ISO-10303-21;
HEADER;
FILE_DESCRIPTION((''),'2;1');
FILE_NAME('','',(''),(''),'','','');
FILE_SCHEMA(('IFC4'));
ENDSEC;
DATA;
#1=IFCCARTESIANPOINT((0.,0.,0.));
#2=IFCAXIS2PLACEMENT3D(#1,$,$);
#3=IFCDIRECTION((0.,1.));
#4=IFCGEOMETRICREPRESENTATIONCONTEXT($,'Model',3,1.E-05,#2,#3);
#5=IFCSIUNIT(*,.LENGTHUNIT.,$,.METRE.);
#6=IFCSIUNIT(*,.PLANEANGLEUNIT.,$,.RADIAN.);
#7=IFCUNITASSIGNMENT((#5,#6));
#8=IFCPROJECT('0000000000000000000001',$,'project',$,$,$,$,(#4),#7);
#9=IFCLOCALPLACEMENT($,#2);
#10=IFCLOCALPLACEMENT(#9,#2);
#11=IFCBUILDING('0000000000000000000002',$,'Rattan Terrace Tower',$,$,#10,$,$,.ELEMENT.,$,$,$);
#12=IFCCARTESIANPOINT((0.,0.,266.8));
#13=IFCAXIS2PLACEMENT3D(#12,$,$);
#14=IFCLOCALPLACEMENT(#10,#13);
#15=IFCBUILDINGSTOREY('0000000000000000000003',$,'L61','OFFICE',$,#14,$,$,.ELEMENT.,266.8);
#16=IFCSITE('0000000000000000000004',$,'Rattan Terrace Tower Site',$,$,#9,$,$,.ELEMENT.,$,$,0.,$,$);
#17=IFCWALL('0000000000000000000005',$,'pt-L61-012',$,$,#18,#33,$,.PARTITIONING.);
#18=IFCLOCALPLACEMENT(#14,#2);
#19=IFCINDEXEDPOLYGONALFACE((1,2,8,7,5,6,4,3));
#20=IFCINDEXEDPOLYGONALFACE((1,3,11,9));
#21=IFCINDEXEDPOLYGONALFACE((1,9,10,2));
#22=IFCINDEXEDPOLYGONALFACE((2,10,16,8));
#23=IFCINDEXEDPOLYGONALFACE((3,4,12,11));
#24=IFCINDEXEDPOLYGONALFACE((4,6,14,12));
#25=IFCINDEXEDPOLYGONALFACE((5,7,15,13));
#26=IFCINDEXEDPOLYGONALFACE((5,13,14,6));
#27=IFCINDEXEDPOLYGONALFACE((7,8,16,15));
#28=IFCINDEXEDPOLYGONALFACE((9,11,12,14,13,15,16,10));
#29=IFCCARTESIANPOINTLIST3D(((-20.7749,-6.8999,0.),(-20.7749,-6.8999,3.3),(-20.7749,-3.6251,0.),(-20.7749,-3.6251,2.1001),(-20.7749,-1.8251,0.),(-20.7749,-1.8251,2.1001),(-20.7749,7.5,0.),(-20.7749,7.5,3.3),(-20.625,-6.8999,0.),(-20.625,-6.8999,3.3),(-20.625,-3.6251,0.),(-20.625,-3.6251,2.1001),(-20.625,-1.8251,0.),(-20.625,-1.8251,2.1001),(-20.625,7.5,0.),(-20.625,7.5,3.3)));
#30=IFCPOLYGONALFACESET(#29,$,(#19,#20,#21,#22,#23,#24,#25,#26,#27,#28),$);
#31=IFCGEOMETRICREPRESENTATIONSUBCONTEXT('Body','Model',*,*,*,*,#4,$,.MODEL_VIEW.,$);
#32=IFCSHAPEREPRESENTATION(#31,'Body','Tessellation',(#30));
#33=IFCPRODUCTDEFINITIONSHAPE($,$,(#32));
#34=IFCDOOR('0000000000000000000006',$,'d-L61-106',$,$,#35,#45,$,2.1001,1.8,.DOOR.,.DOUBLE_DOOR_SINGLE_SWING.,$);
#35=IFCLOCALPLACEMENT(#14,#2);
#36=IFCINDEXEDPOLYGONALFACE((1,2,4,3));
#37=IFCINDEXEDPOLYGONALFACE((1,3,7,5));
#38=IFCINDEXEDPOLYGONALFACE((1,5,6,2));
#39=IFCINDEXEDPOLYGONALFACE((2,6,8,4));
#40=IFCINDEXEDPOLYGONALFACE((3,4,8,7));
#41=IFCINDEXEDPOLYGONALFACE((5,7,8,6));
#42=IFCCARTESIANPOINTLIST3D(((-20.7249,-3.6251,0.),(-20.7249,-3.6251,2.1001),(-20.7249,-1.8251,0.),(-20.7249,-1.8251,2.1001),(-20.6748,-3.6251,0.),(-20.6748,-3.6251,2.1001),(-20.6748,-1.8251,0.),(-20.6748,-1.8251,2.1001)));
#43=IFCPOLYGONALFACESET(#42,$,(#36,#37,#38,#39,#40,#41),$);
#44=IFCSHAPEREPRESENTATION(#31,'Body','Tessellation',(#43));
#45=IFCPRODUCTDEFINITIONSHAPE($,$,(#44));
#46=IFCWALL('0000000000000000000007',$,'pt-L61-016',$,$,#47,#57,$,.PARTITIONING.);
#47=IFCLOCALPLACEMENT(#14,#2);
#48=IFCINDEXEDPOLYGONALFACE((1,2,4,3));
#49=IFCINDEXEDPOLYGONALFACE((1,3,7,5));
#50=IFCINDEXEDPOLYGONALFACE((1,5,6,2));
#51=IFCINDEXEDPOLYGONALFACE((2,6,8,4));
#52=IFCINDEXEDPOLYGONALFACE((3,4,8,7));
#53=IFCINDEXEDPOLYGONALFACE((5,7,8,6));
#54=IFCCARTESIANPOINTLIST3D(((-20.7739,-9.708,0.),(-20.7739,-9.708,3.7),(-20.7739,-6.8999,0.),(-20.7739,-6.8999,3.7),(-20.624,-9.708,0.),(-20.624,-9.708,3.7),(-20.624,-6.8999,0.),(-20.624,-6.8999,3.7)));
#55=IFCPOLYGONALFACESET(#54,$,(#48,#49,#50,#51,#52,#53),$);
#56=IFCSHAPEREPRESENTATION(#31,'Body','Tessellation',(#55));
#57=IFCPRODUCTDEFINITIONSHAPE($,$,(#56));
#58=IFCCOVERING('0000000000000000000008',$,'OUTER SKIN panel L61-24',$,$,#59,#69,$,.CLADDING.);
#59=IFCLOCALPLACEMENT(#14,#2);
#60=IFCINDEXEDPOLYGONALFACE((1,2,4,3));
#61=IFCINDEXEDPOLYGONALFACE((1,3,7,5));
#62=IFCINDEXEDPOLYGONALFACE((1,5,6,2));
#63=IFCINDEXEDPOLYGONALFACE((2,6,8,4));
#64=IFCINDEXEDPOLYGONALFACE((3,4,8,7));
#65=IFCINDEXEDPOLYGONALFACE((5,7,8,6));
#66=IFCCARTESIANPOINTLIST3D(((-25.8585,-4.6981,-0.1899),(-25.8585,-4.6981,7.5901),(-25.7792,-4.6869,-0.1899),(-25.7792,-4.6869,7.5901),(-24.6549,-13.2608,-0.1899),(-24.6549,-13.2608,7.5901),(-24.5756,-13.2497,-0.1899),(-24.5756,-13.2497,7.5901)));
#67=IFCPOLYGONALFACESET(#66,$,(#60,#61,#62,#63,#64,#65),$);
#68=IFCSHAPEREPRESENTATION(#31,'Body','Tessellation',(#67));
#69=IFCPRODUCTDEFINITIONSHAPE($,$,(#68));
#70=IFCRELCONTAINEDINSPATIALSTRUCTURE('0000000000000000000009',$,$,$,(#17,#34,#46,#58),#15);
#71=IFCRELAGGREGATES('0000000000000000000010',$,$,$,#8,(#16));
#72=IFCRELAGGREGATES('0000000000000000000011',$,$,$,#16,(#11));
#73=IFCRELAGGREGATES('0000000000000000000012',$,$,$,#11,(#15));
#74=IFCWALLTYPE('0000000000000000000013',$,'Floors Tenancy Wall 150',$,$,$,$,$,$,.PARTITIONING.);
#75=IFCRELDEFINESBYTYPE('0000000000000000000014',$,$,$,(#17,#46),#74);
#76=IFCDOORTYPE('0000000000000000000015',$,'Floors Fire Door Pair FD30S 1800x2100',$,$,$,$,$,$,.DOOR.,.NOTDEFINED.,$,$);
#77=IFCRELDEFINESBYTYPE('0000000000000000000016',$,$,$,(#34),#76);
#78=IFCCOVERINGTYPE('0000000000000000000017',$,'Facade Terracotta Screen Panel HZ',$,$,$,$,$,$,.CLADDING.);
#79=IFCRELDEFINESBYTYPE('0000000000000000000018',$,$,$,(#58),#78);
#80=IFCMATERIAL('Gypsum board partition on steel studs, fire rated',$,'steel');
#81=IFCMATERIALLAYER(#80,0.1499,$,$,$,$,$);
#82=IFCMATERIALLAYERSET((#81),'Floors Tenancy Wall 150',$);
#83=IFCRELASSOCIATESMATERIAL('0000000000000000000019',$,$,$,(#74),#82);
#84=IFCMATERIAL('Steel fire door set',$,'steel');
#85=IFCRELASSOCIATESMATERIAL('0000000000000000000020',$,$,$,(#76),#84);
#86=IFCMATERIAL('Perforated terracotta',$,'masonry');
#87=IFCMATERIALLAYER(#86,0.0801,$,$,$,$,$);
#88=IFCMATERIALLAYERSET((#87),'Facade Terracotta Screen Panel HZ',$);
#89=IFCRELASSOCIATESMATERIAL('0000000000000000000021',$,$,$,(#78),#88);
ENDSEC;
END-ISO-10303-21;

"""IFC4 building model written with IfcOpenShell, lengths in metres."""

from ifc_helpers import new_model, si_unit, direction, frame, frame_2d, origin, origin_2d, place, context, subcontext, project, spatial, rectangle, extrude, material, layer, layer_set, type_object, element, fill, save


model = new_model("IFC4")

# Units and contexts
model_context = context("Model", 3, precision=1e-05, world=origin(), true_north=direction((0.0, 1.0)))
body_context = subcontext(model_context, "Body", "Model", "MODEL_VIEW")
ifc_project = project(units=[si_unit("LENGTHUNIT", "METRE"), si_unit("PLANEANGLEUNIT", "RADIAN")], contexts=[model_context])

# Site, building, storey
site_placement = place(None, origin())
site = spatial("IfcSite", under=ifc_project, at=site_placement, Name="Rattan Terrace Tower Site", CompositionType="ELEMENT", RefElevation=0.0)
building_placement = place(site_placement, origin())
building = spatial("IfcBuilding", under=site, at=building_placement, Name="Rattan Terrace Tower", CompositionType="ELEMENT")
storey_placement = place(building_placement, frame((0.0, 0.0, 266.8)))
storey = spatial("IfcBuildingStorey", under=building, at=storey_placement, Name="L61", Description="OFFICE", CompositionType="ELEMENT", Elevation=266.8)

# Shared definitions
ifc_material_1 = material(Name="Gypsum board partition on steel studs, fire rated", Category="steel")
ifc_layer_1 = layer(ifc_material_1, 0.1499)
ifc_layer_set_1 = layer_set([ifc_layer_1], Name="Floors Tenancy Wall 150")
wall_type_1 = type_object("IfcWallType", Name="Floors Tenancy Wall 150", PredefinedType="PARTITIONING", material=ifc_layer_set_1)

# Wall, opening, door
wall_1_placement = place(storey_placement, frame((-20.7, -6.8999, 0.0), z_axis=(0.0, 0.0, 1.0), x_axis=(0.0, 1.0, 0.0)))
wall_1 = element("IfcWall", 1, at=wall_1_placement, inside=storey, type_object=wall_type_1, Name="pt-L61-012", PredefinedType="PARTITIONING", context=body_context, shape_type="SweptSolid", body=[
    extrude(rectangle(XDim=14.3999, YDim=0.1499, at=frame_2d((7.2, 0.0))), origin(), (0.0, 0.0, 1.0), 3.3),
])
opening_1_placement = place(wall_1_placement, frame((3.2749, 0.0, 0.0)))
opening_1 = element("IfcOpeningElement", 2, at=opening_1_placement, cuts=wall_1, PredefinedType="OPENING", context=body_context, shape_type="SweptSolid", body=[
    extrude(rectangle(XDim=1.8, YDim=2.1001, at=frame_2d((0.8999, 1.05))), frame((0.0, 0.0854, 0.0), z_axis=(0.0, -1.0, 0.0), x_axis=(1.0, 0.0, 0.0)), (0.0, 0.0, 1.0), 0.1709),
])
ifc_material_2 = material(Name="Steel fire door set", Category="steel")
door_type_1 = type_object("IfcDoorType", Name="Floors Fire Door Pair FD30S 1800x2100", OperationType="NOTDEFINED", PredefinedType="DOOR", material=ifc_material_2)
door_1_placement = place(opening_1_placement, origin())
door_1 = element("IfcDoor", 3, at=door_1_placement, inside=storey, type_object=door_type_1, Name="d-L61-106", OperationType="DOUBLE_DOOR_SINGLE_SWING", OverallHeight=2.1001, OverallWidth=1.8, PredefinedType="DOOR", context=body_context, shape_type="SweptSolid", body=[
    extrude(rectangle(XDim=1.8, YDim=2.1001, at=frame_2d((0.8999, 1.05))), frame((0.0, 0.0249, 0.0), z_axis=(0.0, -1.0, 0.0), x_axis=(1.0, 0.0, 0.0)), (0.0, 0.0, 1.0), 0.05),
])
fill(opening_1, door_1)

# Wall
wall_2_placement = place(storey_placement, frame((-20.699, -9.708, 0.0), z_axis=(0.0, 0.0, 1.0), x_axis=(0.0, 1.0, 0.0)))
element("IfcWall", 4, at=wall_2_placement, inside=storey, type_object=wall_type_1, Name="pt-L61-016", PredefinedType="PARTITIONING", context=body_context, shape_type="SweptSolid", body=[
    extrude(rectangle(XDim=2.8081, YDim=0.1499, at=frame_2d((1.4041, 0.0))), origin(), (0.0, 0.0, 1.0), 3.7),
])

# Covering
ifc_material_3 = material(Name="Perforated terracotta", Category="masonry")
ifc_layer_2 = layer(ifc_material_3, 0.0801)
ifc_layer_set_2 = layer_set([ifc_layer_2], Name="Facade Terracotta Screen Panel HZ")
covering_type = type_object("IfcCoveringType", Name="Facade Terracotta Screen Panel HZ", PredefinedType="CLADDING", material=ifc_layer_set_2)
covering_placement = place(storey_placement, frame((-25.217, -8.9739, -0.1899), z_axis=(0.0, 0.0, 1.0), x_axis=(0.139192, -0.990265, 0.0)))
element("IfcCovering", 5, at=covering_placement, inside=storey, type_object=covering_type, Name="OUTER SKIN panel L61-24", PredefinedType="CLADDING", context=body_context, shape_type="SweptSolid", body=[
    extrude(rectangle(XDim=8.647, YDim=0.0801, at=origin_2d()), origin(), (0.0, 0.0, 1.0), 7.78),
])

save(model, "model.ifc")
